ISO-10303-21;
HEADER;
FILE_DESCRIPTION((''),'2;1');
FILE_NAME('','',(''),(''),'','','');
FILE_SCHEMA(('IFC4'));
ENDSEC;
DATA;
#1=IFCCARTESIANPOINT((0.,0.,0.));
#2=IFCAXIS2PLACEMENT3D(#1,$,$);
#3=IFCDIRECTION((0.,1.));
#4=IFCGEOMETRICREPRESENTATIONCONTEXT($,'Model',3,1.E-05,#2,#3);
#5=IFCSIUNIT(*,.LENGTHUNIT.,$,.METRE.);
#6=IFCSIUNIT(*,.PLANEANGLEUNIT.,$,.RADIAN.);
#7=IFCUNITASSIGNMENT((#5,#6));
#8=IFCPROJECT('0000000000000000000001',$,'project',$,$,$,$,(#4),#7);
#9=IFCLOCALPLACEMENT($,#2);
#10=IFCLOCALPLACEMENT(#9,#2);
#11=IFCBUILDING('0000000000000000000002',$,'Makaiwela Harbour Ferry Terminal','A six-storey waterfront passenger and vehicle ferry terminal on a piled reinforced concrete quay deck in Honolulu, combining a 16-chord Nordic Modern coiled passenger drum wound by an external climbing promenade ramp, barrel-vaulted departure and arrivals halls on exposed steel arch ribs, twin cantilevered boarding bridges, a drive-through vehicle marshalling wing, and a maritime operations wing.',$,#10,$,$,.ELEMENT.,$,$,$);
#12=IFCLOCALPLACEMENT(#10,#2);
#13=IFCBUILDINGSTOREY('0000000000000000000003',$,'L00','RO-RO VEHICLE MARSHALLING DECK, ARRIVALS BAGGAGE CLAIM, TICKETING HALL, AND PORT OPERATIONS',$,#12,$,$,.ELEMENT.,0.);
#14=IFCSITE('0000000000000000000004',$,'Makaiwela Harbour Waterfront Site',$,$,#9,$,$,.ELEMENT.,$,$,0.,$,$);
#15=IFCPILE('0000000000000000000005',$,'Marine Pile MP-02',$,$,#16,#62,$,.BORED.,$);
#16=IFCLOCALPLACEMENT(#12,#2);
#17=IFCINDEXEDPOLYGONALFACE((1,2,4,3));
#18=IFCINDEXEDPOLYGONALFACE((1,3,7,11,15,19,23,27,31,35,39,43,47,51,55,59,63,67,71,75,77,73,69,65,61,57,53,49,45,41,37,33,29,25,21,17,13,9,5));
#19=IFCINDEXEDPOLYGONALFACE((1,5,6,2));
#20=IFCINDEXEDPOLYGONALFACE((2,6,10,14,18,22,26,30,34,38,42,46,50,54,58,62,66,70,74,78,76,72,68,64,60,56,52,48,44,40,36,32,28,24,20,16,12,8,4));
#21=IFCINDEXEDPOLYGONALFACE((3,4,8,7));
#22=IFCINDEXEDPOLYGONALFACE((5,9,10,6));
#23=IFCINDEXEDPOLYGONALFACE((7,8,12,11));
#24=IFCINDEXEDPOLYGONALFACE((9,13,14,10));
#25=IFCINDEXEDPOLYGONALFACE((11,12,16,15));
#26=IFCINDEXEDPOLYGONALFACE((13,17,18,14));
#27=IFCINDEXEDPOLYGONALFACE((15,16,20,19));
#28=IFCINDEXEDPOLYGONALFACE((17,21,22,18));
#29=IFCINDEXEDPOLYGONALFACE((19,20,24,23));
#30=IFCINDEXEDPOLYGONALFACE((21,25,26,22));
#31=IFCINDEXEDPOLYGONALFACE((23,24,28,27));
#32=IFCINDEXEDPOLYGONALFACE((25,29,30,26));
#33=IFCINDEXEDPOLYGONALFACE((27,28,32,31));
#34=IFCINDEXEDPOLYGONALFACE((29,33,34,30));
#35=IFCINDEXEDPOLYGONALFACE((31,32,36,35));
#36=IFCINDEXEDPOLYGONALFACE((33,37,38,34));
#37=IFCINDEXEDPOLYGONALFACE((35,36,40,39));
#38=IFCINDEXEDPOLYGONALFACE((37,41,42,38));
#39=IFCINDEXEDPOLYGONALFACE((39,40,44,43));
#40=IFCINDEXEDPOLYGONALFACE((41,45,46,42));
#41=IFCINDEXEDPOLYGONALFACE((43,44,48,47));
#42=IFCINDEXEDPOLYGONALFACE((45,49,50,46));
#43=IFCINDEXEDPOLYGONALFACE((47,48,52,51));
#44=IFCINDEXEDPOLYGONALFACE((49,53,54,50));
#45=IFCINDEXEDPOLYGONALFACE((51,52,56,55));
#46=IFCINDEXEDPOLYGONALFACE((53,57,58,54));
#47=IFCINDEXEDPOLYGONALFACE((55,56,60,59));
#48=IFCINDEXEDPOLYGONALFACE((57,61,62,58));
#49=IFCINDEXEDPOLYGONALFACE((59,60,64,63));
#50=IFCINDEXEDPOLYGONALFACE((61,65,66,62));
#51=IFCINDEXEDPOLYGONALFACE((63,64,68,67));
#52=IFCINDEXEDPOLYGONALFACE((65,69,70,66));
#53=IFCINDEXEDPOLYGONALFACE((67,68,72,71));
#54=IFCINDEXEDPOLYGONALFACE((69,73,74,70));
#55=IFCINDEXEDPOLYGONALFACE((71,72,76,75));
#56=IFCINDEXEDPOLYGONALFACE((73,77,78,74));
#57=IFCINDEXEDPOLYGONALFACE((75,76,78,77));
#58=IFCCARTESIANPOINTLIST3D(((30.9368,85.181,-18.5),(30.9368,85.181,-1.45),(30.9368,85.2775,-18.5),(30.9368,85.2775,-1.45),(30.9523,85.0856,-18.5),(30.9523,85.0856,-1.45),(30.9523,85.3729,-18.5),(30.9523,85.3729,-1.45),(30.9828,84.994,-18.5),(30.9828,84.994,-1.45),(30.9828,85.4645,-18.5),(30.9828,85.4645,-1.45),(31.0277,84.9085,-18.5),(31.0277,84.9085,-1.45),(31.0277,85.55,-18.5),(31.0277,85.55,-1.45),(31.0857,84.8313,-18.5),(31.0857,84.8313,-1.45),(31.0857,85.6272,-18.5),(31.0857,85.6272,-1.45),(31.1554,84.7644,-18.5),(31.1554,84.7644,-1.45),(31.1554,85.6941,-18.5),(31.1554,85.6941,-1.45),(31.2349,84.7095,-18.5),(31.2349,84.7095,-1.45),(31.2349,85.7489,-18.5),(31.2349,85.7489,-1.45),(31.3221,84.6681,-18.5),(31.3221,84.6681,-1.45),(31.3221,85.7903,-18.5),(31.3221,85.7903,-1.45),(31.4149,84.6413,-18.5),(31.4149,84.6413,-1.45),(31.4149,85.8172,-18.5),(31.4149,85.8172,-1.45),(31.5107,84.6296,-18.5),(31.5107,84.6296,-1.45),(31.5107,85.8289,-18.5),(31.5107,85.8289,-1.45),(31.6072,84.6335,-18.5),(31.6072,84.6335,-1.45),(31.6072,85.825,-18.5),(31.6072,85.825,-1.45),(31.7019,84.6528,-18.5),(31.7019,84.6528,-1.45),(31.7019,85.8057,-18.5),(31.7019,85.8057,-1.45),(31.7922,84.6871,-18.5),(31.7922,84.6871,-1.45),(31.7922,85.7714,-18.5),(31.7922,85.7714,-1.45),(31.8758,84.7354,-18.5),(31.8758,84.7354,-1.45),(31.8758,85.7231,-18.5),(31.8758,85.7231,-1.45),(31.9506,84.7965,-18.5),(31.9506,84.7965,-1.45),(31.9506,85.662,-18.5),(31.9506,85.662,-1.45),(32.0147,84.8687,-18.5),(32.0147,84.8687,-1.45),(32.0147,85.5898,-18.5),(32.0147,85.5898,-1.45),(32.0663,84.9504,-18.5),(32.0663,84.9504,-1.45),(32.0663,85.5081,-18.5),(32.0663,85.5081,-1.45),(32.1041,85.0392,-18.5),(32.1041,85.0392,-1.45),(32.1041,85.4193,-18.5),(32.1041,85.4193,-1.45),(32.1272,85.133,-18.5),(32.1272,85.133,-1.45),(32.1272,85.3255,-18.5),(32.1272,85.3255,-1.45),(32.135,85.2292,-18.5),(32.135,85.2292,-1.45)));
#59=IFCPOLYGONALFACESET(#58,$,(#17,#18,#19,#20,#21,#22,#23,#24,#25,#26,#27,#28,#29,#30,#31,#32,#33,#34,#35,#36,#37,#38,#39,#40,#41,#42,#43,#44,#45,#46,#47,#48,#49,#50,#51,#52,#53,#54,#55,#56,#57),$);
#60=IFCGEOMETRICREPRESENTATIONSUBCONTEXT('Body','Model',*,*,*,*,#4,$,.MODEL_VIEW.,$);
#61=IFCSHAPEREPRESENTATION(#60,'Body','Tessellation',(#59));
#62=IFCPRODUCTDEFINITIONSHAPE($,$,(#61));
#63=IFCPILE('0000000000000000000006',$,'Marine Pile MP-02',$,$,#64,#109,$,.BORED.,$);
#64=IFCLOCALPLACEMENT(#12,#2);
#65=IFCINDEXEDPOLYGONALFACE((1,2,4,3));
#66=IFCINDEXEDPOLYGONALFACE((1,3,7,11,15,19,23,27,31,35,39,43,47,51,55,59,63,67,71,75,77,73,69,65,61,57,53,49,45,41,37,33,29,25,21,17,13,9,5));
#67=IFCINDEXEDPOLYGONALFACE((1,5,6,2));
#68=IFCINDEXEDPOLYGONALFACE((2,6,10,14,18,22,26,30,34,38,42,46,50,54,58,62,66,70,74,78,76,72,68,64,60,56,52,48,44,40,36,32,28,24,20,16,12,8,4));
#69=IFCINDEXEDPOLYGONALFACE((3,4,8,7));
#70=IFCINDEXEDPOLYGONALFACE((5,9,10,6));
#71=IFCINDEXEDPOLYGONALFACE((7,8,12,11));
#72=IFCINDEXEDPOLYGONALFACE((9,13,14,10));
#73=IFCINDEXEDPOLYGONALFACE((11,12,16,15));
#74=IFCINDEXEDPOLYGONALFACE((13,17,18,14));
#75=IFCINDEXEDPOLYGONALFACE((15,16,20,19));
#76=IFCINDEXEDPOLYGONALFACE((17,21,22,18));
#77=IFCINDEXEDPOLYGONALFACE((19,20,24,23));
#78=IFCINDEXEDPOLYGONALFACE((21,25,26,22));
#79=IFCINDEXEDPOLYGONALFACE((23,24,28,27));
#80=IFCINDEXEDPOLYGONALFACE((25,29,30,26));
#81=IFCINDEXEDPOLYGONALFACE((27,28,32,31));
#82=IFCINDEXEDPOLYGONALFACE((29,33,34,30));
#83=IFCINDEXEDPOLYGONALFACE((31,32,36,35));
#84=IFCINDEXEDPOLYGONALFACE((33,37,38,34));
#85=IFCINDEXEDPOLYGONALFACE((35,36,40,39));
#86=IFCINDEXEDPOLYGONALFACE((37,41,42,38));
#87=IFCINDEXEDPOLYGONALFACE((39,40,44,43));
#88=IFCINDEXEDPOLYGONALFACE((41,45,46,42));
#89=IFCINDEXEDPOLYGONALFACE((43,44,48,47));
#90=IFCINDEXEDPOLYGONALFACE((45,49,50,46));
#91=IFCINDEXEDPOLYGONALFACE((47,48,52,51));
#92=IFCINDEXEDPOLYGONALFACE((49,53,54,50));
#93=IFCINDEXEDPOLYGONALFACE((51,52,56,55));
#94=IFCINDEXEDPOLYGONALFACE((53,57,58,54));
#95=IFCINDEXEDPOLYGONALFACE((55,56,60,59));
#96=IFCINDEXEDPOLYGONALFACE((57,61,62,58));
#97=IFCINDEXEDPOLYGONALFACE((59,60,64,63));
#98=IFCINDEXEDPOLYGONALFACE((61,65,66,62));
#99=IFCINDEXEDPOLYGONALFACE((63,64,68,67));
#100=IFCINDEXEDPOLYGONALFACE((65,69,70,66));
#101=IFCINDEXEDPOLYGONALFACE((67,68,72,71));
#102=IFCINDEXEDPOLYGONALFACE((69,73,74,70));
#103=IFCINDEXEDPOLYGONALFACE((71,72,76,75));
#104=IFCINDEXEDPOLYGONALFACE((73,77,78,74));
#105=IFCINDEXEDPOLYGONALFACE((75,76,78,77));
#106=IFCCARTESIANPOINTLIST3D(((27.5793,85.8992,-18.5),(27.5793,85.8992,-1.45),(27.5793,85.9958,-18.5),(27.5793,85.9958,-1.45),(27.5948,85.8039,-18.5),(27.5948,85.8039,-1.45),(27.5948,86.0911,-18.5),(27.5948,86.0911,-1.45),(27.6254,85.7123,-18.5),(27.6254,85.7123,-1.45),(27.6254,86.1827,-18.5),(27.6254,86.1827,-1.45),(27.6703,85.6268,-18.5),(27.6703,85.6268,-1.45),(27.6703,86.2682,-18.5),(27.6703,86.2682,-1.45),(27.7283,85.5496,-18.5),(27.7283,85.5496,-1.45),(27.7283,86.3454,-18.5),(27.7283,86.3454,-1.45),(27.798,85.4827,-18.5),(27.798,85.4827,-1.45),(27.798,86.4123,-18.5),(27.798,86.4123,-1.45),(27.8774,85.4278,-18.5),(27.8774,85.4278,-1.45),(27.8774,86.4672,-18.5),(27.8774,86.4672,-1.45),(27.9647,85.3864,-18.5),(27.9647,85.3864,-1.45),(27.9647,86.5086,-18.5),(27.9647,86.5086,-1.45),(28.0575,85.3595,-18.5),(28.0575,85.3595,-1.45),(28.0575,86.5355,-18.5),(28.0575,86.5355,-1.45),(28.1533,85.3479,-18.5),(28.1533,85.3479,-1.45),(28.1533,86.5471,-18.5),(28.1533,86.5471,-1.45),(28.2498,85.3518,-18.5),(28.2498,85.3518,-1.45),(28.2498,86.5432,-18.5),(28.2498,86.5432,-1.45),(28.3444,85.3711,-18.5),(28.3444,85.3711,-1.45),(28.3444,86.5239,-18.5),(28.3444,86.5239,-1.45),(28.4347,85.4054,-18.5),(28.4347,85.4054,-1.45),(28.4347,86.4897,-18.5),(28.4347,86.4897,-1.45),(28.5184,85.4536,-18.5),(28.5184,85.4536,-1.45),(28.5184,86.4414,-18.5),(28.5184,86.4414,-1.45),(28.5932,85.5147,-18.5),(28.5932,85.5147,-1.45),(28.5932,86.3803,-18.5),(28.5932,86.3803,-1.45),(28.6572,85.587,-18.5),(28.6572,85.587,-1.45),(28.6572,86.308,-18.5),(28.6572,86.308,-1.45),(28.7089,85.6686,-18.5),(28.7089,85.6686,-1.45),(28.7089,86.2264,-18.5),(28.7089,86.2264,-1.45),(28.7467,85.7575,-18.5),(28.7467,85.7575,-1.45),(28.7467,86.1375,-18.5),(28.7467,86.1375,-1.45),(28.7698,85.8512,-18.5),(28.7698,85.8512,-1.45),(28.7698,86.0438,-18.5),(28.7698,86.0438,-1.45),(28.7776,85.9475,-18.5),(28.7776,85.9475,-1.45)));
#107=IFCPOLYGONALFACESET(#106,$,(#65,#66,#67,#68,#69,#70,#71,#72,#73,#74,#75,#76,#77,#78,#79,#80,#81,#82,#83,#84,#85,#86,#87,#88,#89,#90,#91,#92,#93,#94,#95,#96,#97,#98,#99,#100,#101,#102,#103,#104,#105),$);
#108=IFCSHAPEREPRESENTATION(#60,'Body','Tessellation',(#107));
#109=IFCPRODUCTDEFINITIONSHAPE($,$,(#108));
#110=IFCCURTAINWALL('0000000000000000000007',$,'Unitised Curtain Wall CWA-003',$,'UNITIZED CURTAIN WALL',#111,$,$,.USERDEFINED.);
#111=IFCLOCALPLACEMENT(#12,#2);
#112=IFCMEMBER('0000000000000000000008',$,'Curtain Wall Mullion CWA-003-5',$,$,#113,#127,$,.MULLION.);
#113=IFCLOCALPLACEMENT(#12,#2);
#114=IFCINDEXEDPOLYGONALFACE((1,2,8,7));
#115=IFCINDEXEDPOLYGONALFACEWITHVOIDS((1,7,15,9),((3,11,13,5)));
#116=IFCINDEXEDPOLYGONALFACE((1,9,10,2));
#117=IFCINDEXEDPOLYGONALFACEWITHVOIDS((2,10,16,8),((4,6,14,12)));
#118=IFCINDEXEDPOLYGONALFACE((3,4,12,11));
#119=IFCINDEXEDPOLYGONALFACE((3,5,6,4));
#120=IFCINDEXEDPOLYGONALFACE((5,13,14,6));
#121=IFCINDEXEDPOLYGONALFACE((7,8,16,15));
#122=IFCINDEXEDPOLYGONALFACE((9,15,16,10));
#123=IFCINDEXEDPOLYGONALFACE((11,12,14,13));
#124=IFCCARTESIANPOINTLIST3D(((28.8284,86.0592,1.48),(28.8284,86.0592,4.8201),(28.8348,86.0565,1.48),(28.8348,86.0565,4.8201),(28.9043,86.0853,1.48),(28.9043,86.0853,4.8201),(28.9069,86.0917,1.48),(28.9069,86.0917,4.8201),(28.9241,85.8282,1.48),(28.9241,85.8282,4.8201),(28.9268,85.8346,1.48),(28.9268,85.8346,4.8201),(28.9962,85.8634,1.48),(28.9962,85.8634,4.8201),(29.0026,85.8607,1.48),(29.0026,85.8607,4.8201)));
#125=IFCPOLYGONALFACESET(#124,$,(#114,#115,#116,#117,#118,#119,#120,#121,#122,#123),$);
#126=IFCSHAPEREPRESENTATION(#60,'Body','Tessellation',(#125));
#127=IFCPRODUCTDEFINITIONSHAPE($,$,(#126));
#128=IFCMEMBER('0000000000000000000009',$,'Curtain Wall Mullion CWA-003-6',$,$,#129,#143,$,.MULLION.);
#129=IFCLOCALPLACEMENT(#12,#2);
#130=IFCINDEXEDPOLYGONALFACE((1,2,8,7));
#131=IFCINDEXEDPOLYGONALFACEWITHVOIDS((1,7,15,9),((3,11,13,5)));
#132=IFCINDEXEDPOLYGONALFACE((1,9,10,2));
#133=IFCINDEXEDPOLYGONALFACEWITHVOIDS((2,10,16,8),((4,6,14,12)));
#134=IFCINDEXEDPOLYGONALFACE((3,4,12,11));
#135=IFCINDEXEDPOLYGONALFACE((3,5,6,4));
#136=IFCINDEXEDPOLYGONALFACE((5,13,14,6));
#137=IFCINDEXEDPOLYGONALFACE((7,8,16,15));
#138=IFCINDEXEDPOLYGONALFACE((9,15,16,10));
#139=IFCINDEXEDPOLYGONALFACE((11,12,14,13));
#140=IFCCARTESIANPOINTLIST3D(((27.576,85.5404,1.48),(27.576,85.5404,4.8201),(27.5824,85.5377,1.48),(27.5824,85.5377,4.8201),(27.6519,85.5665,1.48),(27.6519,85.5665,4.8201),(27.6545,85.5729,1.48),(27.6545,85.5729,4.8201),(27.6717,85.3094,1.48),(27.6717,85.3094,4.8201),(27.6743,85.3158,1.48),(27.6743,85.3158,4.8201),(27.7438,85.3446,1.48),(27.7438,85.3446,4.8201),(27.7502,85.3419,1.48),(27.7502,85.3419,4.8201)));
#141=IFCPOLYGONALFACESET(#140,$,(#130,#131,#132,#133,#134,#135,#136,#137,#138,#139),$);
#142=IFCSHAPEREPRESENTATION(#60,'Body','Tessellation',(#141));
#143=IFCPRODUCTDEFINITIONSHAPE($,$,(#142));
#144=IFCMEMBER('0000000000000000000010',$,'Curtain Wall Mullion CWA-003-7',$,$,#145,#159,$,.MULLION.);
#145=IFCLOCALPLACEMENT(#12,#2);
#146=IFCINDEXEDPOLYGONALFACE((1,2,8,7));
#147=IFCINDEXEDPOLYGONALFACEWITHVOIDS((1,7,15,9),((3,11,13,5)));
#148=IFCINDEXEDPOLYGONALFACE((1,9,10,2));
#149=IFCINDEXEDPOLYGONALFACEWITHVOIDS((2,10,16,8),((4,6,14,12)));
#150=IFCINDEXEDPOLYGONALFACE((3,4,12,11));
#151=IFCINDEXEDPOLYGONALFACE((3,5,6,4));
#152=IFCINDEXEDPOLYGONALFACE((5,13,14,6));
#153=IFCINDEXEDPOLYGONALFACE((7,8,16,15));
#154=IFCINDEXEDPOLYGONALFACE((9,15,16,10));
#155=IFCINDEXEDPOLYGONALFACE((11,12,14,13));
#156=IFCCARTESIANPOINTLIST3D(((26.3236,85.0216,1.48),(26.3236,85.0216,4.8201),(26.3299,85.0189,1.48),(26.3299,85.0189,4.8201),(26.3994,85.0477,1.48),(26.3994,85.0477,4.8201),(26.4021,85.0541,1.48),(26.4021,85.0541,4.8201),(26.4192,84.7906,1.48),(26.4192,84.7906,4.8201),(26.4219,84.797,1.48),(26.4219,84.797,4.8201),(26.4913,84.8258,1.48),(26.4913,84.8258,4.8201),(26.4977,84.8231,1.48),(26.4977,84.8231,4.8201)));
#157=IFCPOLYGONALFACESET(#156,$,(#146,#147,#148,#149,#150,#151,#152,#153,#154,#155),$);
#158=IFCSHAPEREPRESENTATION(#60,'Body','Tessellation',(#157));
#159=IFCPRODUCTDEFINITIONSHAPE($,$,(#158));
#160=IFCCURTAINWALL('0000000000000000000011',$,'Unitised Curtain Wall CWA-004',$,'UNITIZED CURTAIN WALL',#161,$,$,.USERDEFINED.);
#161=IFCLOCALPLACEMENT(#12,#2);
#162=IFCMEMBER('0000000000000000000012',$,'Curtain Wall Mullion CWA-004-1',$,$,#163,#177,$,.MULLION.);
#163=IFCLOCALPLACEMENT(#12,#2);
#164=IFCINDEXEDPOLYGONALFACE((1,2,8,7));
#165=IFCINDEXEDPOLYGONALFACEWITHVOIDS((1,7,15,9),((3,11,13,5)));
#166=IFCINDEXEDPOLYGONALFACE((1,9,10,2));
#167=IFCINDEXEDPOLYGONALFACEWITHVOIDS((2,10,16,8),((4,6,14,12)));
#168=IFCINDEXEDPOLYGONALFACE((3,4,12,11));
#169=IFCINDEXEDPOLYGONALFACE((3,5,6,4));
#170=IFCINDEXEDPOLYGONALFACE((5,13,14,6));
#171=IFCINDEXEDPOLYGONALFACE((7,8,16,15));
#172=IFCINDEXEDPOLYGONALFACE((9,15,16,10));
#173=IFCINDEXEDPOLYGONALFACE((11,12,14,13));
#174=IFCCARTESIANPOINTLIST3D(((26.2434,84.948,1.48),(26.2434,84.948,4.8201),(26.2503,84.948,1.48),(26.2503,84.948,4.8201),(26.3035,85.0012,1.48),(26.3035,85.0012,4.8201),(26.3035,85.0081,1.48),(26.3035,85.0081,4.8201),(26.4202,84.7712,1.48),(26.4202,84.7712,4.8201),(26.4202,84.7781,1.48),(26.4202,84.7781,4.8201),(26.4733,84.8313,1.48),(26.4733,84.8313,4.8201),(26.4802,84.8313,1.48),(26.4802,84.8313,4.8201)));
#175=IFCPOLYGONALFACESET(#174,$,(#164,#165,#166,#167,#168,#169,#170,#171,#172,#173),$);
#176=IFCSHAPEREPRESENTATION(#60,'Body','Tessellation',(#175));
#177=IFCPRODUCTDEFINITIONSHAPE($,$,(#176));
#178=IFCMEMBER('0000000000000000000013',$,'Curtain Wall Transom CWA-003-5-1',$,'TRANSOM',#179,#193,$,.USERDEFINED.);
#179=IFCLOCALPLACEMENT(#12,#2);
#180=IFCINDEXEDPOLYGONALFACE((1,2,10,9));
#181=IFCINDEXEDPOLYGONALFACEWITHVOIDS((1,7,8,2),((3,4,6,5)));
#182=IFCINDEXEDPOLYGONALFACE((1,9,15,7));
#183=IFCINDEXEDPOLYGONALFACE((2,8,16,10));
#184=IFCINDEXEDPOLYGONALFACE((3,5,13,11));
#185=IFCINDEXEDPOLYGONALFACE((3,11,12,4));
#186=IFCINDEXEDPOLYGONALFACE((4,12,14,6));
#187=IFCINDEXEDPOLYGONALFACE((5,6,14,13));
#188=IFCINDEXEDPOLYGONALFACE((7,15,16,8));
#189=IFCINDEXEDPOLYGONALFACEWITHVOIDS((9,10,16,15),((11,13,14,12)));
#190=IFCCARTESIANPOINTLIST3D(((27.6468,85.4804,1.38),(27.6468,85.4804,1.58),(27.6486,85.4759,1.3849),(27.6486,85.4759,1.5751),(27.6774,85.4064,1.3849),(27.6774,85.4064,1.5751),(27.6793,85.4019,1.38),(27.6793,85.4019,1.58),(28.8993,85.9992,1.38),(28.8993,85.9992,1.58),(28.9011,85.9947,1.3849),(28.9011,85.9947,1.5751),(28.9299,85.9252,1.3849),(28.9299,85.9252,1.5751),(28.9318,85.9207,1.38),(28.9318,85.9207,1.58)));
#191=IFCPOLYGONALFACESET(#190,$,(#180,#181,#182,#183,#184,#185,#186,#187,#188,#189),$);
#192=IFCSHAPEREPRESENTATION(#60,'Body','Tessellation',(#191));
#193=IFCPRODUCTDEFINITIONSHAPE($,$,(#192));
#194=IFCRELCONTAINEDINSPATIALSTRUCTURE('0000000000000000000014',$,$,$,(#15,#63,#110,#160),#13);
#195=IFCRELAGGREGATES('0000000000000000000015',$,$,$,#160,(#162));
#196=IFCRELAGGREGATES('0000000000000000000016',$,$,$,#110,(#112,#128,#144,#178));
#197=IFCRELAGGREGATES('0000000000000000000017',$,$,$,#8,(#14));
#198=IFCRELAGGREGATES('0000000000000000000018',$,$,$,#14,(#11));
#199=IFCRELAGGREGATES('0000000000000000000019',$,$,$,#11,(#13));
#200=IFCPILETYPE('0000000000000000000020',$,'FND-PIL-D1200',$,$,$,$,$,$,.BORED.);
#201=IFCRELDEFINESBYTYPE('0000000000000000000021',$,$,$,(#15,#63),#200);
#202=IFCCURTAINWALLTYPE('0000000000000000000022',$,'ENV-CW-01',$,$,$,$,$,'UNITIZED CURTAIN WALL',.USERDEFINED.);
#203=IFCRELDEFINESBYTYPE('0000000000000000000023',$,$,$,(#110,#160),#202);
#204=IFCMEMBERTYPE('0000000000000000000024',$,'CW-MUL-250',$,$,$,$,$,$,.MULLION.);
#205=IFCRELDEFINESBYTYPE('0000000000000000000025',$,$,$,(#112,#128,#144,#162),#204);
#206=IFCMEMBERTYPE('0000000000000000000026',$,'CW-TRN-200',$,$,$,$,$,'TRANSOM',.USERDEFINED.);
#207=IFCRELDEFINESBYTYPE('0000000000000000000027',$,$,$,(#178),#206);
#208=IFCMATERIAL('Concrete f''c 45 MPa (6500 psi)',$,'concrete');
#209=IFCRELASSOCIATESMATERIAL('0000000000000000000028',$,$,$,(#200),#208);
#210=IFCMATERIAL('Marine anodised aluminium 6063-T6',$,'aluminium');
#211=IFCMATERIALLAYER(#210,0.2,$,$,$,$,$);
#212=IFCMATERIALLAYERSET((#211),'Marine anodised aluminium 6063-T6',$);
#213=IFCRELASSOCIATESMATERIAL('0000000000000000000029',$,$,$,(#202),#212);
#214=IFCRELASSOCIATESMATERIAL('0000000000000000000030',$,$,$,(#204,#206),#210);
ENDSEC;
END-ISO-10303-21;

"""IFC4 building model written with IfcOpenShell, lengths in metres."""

from ifc_helpers import new_model, si_unit, direction, frame, origin, origin_2d, place, context, subcontext, project, spatial, hollow_rectangle, circle, extrude, material, layer, layer_set, material_profile, profile_set, type_object, element, aggregate, save


model = new_model("IFC4")

# Units and contexts
model_context = context("Model", 3, precision=1e-05, world=origin(), true_north=direction((0.0, 1.0)))
body_context = subcontext(model_context, "Body", "Model", "MODEL_VIEW")
ifc_project = project(units=[si_unit("LENGTHUNIT", "METRE"), si_unit("PLANEANGLEUNIT", "RADIAN")], contexts=[model_context])

# Site, building, storey
site_placement = place(None, origin())
site = spatial("IfcSite", under=ifc_project, at=site_placement, Name="Makaiwela Harbour Waterfront Site", CompositionType="ELEMENT", RefElevation=0.0)
building_placement = place(site_placement, origin())
building = spatial("IfcBuilding", under=site, at=building_placement, Name="Makaiwela Harbour Ferry Terminal", Description="A six-storey waterfront passenger and vehicle ferry terminal on a piled reinforced concrete quay deck in Honolulu, combining a 16-chord Nordic Modern coiled passenger drum wound by an external climbing promenade ramp, barrel-vaulted departure and arrivals halls on exposed steel arch ribs, twin cantilevered boarding bridges, a drive-through vehicle marshalling wing, and a maritime operations wing.", CompositionType="ELEMENT")
storey_placement = place(building_placement, origin())
storey = spatial("IfcBuildingStorey", under=building, at=storey_placement, Name="L00", Description="RO-RO VEHICLE MARSHALLING DECK, ARRIVALS BAGGAGE CLAIM, TICKETING HALL, AND PORT OPERATIONS", CompositionType="ELEMENT", Elevation=0.0)

# Piles
ifc_material_1 = material(Name="Concrete f'c 45 MPa (6500 psi)", Category="concrete")
ifc_material_profile_1 = material_profile(ifc_material_1, circle(Radius=0.6001, at=origin_2d()), Name="PILE-D1200")
ifc_profile_set_1 = profile_set([ifc_material_profile_1], Name="Concrete f'c 45 MPa (6500 psi)")
pile_type = type_object("IfcPileType", Name="FND-PIL-D1200", PredefinedType="BORED", material=ifc_profile_set_1)
for number, where, z_axis, x_axis, name in (
    (1, (31.5349, 85.2292, -1.45), (0.0, 0.0, -1.0), (1.0, 0.0, 0.0), "Marine Pile MP-02"),
    (2, (28.1775, 85.9475, -1.45), (0.0, 0.0, -1.0), (1.0, 0.0, 0.0), "Marine Pile MP-02"),
):
    element("IfcPile", number, at=place(storey_placement, frame(where, z_axis=z_axis, x_axis=x_axis)), inside=storey, type_object=pile_type, Name=name, PredefinedType="BORED", context=body_context, shape_type="SweptSolid", body=[
        extrude(circle(Radius=0.6001, at=origin_2d()), origin(), (0.0, 0.0, 1.0), 17.05),
    ])

# Curtain wall, members
ifc_material_2 = material(Name="Marine anodised aluminium 6063-T6", Category="aluminium")
ifc_layer_1 = layer(ifc_material_2, 0.2)
ifc_layer_set_1 = layer_set([ifc_layer_1], Name="Marine anodised aluminium 6063-T6")
curtain_wall_type = type_object("IfcCurtainWallType", Name="ENV-CW-01", ElementType="UNITIZED CURTAIN WALL", PredefinedType="USERDEFINED", material=ifc_layer_set_1)
curtain_wall_1_placement = place(storey_placement, origin())
curtain_wall_1 = element("IfcCurtainWall", 3, at=curtain_wall_1_placement, inside=storey, type_object=curtain_wall_type, Name="Unitised Curtain Wall CWA-003", ObjectType="UNITIZED CURTAIN WALL", PredefinedType="USERDEFINED")
ifc_material_profile_2 = material_profile(ifc_material_2, hollow_rectangle(XDim=0.085, YDim=0.25, WallThickness=0.0049, at=origin_2d()), Name="CWM-250X85")
ifc_profile_set_2 = profile_set([ifc_material_profile_2], Name="Marine anodised aluminium 6063-T6")
member_type_1 = type_object("IfcMemberType", Name="CW-MUL-250", PredefinedType="MULLION", material=ifc_profile_set_2)
member_1_placement = place(storey_placement, frame((28.9155, 85.96, 1.48), z_axis=(0.0, 0.0, 1.0), x_axis=(0.92388, 0.382683, 0.0)))
member_1 = element("IfcMember", 4, at=member_1_placement, type_object=member_type_1, Name="Curtain Wall Mullion CWA-003-5", PredefinedType="MULLION", context=body_context, shape_type="SweptSolid", body=[
    extrude(hollow_rectangle(XDim=0.085, YDim=0.25, WallThickness=0.0049, at=origin_2d()), origin(), (0.0, 0.0, 1.0), 3.3401),
])
member_2_placement = place(storey_placement, frame((27.6631, 85.4412, 1.48), z_axis=(0.0, 0.0, 1.0), x_axis=(0.92388, 0.382683, 0.0)))
member_2 = element("IfcMember", 5, at=member_2_placement, type_object=member_type_1, Name="Curtain Wall Mullion CWA-003-6", PredefinedType="MULLION", context=body_context, shape_type="SweptSolid", body=[
    extrude(hollow_rectangle(XDim=0.085, YDim=0.25, WallThickness=0.0049, at=origin_2d()), origin(), (0.0, 0.0, 1.0), 3.3401),
])
member_3_placement = place(storey_placement, frame((26.4106, 84.9224, 1.48), z_axis=(0.0, 0.0, 1.0), x_axis=(0.92388, 0.382683, 0.0)))
member_3 = element("IfcMember", 6, at=member_3_placement, type_object=member_type_1, Name="Curtain Wall Mullion CWA-003-7", PredefinedType="MULLION", context=body_context, shape_type="SweptSolid", body=[
    extrude(hollow_rectangle(XDim=0.085, YDim=0.25, WallThickness=0.0049, at=origin_2d()), origin(), (0.0, 0.0, 1.0), 3.3401),
])

# Curtain wall, member
curtain_wall_2_placement = place(storey_placement, origin())
curtain_wall_2 = element("IfcCurtainWall", 7, at=curtain_wall_2_placement, inside=storey, type_object=curtain_wall_type, Name="Unitised Curtain Wall CWA-004", ObjectType="UNITIZED CURTAIN WALL", PredefinedType="USERDEFINED")
member_4_placement = place(storey_placement, frame((26.3618, 84.8896, 1.48), z_axis=(0.0, 0.0, 1.0), x_axis=(0.707107, 0.707107, 0.0)))
member_4 = element("IfcMember", 8, at=member_4_placement, type_object=member_type_1, Name="Curtain Wall Mullion CWA-004-1", PredefinedType="MULLION", context=body_context, shape_type="SweptSolid", body=[
    extrude(hollow_rectangle(XDim=0.085, YDim=0.25, WallThickness=0.0049, at=origin_2d()), origin(), (0.0, 0.0, 1.0), 3.3401),
])

# Member
ifc_material_profile_3 = material_profile(ifc_material_2, hollow_rectangle(XDim=0.085, YDim=0.2, WallThickness=0.0049, at=origin_2d()), Name="CWT-200X85")
ifc_profile_set_3 = profile_set([ifc_material_profile_3], Name="Marine anodised aluminium 6063-T6")
member_type_2 = type_object("IfcMemberType", Name="CW-TRN-200", ElementType="TRANSOM", PredefinedType="USERDEFINED", material=ifc_profile_set_3)
member_5_placement = place(storey_placement, frame((28.9155, 85.96, 1.48), z_axis=(-0.923874, -0.382696, 0.0), x_axis=(0.382696, -0.923874, 0.0)))
member_5 = element("IfcMember", 9, at=member_5_placement, type_object=member_type_2, Name="Curtain Wall Transom CWA-003-5-1", ObjectType="TRANSOM", PredefinedType="USERDEFINED", context=body_context, shape_type="SweptSolid", body=[
    extrude(hollow_rectangle(XDim=0.085, YDim=0.2, WallThickness=0.0049, at=origin_2d()), origin(), (0.0, 0.0, 1.0), 1.3557),
])
aggregate(curtain_wall_2, [member_4])

aggregate(curtain_wall_1, [member_1, member_2, member_3, member_5])

save(model, "model.ifc")
